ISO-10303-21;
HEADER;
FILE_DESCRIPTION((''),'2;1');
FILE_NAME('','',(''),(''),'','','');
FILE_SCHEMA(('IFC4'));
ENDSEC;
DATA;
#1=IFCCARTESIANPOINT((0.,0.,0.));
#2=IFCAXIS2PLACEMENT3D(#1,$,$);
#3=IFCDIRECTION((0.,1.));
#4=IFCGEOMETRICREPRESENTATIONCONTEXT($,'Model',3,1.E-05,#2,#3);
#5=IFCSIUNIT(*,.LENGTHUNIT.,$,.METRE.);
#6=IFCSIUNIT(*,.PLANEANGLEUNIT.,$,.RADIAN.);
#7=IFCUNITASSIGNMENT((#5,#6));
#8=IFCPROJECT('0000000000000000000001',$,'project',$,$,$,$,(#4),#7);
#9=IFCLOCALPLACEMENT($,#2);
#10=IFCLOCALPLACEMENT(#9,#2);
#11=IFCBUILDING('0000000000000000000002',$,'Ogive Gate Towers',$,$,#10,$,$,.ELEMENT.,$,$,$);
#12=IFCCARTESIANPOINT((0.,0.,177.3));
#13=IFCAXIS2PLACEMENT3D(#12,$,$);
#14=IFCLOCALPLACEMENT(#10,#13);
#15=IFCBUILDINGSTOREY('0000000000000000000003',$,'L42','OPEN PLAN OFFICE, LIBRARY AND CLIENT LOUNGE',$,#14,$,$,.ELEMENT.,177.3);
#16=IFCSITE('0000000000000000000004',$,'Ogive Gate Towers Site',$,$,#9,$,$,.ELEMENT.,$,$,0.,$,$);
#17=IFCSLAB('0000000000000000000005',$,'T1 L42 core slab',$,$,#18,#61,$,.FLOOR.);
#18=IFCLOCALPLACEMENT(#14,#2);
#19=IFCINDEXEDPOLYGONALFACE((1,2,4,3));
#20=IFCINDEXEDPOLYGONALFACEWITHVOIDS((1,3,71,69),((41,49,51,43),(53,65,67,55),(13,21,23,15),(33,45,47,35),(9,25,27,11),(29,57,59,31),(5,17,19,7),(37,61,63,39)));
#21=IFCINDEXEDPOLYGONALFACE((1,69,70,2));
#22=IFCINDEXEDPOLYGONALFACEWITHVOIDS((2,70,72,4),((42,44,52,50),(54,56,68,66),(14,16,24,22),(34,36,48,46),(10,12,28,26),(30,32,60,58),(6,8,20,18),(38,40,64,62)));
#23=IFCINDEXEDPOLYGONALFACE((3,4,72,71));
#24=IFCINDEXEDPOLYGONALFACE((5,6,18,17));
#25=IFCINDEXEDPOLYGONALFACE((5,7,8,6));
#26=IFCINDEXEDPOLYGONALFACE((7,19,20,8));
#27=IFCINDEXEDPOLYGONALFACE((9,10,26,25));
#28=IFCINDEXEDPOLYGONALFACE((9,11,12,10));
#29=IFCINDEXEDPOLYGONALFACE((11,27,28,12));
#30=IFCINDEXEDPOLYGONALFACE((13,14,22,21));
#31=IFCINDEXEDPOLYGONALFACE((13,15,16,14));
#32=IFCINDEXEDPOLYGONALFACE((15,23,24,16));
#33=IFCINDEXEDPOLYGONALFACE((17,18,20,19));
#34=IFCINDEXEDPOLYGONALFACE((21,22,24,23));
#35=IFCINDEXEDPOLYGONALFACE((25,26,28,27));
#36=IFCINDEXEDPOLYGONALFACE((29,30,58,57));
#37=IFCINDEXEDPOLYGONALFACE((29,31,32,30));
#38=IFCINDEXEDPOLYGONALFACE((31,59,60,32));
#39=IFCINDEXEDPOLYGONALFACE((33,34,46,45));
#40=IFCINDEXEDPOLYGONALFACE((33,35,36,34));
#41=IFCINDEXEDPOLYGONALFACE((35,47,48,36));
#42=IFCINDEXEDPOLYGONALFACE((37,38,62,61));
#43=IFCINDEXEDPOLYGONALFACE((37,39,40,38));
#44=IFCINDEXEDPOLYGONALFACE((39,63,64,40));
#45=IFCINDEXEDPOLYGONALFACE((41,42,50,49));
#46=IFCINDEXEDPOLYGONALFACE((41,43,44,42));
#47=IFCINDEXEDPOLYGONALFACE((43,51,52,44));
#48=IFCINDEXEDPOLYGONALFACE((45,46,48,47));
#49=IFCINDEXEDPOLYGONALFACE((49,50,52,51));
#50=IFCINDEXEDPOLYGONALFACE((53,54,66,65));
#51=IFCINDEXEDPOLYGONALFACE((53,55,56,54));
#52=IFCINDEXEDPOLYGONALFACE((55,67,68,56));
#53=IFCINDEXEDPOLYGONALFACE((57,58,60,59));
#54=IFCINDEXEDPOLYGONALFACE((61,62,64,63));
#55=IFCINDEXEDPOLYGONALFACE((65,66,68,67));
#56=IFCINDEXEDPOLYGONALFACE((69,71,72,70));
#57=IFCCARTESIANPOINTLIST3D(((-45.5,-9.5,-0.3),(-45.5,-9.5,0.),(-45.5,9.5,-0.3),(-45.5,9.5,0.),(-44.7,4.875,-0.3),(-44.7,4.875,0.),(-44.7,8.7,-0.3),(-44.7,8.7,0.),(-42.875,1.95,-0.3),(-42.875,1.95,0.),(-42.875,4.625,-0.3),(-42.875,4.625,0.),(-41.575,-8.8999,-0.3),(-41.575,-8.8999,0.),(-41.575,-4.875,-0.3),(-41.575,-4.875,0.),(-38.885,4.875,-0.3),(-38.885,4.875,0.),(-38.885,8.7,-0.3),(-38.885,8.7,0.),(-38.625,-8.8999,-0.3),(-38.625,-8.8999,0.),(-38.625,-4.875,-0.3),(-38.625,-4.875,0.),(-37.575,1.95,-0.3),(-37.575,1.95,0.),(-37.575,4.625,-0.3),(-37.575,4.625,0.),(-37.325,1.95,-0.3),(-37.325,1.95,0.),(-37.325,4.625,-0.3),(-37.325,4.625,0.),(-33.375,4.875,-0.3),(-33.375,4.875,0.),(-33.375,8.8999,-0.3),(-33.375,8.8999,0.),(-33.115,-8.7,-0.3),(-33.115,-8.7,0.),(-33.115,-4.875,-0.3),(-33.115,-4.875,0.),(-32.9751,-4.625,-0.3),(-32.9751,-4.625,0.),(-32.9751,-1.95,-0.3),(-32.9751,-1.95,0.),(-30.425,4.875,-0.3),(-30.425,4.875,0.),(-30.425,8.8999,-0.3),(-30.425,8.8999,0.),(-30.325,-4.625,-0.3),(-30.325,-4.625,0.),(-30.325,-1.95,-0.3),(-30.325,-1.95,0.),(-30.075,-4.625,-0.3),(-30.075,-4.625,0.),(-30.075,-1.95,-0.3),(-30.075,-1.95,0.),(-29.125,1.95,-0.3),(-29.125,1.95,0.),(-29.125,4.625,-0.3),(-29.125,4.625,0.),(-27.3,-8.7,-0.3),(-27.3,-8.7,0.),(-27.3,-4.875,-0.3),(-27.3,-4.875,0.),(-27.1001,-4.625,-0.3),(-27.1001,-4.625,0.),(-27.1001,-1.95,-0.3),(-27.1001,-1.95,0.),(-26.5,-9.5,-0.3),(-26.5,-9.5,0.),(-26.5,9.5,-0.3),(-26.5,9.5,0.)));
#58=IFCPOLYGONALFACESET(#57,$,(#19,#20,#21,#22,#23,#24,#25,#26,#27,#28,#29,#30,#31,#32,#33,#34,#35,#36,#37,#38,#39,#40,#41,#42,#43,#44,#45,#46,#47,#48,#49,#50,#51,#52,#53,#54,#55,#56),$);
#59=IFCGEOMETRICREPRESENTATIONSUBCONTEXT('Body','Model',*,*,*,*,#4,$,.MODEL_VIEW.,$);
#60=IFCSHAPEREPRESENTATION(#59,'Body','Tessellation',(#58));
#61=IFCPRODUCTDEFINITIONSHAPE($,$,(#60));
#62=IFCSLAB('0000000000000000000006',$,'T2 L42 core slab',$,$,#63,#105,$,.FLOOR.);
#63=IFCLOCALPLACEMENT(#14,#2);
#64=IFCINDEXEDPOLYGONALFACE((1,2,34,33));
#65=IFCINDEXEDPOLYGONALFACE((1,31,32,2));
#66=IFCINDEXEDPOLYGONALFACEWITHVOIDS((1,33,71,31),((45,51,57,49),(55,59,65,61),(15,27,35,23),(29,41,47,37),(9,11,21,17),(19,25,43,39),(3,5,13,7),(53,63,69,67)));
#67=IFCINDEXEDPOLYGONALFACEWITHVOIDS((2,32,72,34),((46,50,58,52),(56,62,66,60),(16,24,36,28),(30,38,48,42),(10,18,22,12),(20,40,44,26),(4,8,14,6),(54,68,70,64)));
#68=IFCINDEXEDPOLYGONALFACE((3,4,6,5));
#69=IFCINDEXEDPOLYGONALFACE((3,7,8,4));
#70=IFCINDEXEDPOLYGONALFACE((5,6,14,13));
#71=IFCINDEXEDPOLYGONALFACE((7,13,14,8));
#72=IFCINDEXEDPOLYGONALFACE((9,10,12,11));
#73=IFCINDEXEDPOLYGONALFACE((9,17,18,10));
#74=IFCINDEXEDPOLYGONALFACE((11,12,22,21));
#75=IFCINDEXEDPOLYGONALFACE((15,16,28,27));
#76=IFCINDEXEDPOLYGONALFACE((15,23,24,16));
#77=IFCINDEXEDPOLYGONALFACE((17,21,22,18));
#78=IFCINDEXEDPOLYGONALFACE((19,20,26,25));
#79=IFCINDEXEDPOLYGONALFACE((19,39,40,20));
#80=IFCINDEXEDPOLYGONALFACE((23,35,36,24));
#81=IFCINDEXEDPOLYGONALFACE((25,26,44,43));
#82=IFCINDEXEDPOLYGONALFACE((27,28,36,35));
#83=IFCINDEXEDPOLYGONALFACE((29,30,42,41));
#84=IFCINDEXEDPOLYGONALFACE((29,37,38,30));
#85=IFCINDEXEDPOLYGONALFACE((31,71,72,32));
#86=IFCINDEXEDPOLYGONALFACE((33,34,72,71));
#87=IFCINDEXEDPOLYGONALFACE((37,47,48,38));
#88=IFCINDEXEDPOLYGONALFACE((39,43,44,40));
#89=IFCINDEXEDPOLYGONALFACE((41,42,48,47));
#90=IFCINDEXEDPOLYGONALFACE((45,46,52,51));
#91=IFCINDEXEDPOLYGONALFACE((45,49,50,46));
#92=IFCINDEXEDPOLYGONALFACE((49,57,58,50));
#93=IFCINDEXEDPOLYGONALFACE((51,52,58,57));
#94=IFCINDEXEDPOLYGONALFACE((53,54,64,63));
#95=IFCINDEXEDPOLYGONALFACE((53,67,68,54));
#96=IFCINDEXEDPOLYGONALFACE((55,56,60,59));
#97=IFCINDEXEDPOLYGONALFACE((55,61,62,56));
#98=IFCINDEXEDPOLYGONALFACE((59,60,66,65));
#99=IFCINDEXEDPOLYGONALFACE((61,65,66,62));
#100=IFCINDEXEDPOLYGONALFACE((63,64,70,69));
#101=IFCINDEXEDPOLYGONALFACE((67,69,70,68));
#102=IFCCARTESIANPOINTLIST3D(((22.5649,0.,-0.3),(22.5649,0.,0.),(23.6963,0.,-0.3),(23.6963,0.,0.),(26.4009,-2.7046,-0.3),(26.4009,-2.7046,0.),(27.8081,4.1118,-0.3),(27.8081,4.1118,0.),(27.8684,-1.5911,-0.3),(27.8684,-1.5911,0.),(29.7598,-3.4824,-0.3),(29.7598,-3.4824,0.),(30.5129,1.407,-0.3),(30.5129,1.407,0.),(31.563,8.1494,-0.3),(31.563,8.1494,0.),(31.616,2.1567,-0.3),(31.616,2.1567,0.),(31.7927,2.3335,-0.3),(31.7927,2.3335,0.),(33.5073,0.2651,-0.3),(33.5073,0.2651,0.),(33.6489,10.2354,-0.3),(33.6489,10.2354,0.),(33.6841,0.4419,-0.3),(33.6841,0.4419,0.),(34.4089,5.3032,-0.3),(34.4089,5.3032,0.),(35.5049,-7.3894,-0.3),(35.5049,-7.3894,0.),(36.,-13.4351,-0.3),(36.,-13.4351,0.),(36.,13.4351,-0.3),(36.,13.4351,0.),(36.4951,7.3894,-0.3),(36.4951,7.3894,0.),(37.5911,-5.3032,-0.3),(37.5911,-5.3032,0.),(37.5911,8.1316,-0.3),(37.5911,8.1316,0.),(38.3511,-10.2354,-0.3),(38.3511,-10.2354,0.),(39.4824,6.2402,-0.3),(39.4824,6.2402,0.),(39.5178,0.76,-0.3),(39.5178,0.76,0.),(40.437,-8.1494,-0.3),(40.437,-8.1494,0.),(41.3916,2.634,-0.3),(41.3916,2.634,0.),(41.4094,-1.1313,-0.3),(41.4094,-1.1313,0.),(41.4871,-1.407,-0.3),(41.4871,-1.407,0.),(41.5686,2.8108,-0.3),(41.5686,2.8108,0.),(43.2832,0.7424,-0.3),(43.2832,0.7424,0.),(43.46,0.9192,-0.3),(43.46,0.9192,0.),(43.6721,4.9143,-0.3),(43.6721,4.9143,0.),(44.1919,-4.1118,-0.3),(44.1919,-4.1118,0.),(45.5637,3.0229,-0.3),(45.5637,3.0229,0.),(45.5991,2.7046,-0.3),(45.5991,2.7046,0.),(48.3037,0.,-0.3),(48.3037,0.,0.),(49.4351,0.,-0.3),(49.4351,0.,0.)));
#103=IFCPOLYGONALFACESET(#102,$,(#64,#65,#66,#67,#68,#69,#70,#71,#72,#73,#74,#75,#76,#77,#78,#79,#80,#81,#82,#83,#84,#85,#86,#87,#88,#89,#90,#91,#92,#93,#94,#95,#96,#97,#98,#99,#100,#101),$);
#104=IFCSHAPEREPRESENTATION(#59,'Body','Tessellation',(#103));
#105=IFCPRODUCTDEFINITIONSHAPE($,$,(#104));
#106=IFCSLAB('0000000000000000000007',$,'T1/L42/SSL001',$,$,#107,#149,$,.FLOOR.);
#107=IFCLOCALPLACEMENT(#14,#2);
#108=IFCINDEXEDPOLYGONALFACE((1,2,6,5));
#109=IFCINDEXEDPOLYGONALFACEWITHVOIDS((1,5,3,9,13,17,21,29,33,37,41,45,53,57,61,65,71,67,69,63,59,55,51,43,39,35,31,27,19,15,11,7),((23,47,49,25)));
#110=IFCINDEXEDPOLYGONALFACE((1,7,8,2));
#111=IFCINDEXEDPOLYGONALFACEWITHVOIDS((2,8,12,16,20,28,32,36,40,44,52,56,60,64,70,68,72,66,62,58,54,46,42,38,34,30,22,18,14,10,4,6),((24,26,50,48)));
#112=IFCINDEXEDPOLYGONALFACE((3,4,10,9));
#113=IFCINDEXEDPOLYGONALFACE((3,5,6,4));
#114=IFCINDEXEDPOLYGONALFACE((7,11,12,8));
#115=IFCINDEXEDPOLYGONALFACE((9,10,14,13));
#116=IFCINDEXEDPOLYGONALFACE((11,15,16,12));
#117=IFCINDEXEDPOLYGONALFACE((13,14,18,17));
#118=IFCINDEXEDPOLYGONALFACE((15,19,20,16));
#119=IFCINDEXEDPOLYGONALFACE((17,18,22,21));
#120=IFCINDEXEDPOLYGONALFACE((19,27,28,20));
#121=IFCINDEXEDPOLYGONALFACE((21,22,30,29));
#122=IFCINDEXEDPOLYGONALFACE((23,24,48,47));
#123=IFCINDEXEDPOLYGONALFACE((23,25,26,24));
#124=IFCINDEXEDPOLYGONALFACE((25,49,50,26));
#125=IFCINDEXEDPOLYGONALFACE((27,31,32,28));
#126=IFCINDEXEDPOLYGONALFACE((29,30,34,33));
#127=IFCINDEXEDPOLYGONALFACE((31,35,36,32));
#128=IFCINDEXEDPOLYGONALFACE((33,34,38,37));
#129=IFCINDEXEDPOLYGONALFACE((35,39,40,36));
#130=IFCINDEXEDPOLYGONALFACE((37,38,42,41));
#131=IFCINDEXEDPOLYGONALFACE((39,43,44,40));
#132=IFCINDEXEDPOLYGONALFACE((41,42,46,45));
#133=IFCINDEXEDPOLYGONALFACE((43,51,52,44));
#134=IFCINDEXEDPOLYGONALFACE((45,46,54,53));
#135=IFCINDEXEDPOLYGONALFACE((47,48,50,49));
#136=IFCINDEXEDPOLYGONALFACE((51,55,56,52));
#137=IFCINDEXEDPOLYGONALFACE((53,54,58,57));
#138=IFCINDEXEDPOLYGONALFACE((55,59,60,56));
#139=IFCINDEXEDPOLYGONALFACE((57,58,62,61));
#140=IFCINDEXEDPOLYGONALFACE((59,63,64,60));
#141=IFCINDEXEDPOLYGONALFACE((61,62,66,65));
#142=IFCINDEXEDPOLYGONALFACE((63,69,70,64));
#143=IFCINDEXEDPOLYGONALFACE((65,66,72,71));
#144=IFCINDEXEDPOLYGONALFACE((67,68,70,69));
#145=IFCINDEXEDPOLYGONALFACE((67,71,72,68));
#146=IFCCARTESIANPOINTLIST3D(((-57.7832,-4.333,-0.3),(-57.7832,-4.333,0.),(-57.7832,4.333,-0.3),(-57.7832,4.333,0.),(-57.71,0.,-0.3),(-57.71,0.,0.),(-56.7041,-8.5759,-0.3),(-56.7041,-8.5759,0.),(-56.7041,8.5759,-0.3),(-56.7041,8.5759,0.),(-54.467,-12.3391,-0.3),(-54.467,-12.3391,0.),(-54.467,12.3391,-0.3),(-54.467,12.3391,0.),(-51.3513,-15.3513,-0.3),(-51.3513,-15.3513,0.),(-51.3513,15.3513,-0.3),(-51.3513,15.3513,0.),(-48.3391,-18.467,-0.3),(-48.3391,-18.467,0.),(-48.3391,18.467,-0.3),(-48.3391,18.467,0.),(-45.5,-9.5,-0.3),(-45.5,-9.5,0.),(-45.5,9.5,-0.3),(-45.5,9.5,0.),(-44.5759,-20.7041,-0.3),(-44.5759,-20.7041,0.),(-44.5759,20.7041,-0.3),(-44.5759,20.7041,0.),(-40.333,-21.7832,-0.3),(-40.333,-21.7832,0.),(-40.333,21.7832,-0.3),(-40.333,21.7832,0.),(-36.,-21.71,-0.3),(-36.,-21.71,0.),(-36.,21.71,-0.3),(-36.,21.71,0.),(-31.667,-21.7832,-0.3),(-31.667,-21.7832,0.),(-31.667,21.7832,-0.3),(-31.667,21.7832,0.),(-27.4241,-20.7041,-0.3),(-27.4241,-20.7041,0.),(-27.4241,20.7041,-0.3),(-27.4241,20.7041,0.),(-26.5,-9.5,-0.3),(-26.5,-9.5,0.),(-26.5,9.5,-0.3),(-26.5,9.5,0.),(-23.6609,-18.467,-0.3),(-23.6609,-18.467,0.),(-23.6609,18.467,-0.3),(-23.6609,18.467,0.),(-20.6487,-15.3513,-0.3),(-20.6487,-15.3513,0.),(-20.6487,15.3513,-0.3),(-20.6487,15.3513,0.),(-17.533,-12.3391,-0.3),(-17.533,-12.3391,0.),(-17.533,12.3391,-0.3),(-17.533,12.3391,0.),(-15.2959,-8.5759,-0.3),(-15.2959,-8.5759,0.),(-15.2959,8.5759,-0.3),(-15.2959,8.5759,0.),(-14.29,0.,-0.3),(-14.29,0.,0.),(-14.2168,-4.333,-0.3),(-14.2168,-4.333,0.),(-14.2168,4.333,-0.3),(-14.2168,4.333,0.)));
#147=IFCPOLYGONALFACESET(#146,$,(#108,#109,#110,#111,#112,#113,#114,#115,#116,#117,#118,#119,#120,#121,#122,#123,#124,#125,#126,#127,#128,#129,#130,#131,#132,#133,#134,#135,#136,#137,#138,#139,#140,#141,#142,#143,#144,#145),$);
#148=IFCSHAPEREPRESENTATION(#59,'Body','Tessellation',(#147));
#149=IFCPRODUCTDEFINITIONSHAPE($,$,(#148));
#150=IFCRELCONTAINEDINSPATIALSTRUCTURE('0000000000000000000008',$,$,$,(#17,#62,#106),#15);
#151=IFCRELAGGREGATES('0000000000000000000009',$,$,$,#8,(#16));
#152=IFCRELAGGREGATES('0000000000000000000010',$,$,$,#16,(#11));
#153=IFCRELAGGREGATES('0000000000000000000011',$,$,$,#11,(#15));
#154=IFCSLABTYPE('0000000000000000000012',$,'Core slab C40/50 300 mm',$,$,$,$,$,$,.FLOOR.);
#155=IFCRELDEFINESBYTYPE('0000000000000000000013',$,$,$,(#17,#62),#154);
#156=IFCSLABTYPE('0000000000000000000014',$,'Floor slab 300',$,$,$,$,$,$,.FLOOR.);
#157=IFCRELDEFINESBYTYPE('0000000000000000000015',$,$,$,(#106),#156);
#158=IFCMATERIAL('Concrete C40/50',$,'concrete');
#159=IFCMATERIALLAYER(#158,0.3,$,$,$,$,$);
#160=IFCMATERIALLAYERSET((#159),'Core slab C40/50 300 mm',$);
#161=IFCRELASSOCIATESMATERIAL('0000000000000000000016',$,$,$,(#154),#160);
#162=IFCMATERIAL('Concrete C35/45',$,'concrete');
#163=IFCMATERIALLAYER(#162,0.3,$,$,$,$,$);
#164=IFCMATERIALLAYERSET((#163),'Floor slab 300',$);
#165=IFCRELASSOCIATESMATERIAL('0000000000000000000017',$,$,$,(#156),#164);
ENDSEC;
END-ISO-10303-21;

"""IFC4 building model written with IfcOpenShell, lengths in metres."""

from ifc_helpers import new_model, si_unit, direction, frame, origin, place, context, subcontext, project, spatial, polyline, outline, extrude, material, layer, layer_set, type_object, element, save


model = new_model("IFC4")

# Units and contexts
model_context = context("Model", 3, precision=1e-05, world=origin(), true_north=direction((0.0, 1.0)))
body_context = subcontext(model_context, "Body", "Model", "MODEL_VIEW")
ifc_project = project(units=[si_unit("LENGTHUNIT", "METRE"), si_unit("PLANEANGLEUNIT", "RADIAN")], contexts=[model_context])

# Site, building, storey
site_placement = place(None, origin())
site = spatial("IfcSite", under=ifc_project, at=site_placement, Name="Ogive Gate Towers Site", CompositionType="ELEMENT", RefElevation=0.0)
building_placement = place(site_placement, origin())
building = spatial("IfcBuilding", under=site, at=building_placement, Name="Ogive Gate Towers", CompositionType="ELEMENT")
storey_placement = place(building_placement, frame((0.0, 0.0, 177.3)))
storey = spatial("IfcBuildingStorey", under=building, at=storey_placement, Name="L42", Description="OPEN PLAN OFFICE, LIBRARY AND CLIENT LOUNGE", CompositionType="ELEMENT", Elevation=177.3)

# Slabs
ifc_material_1 = material(Name="Concrete C40/50", Category="concrete")
ifc_layer_1 = layer(ifc_material_1, 0.3)
ifc_layer_set_1 = layer_set([ifc_layer_1], Name="Core slab C40/50 300 mm")
slab_type_1 = type_object("IfcSlabType", Name="Core slab C40/50 300 mm", PredefinedType="FLOOR", material=ifc_layer_set_1)
slab_1_placement = place(storey_placement, frame((0.0, 0.0, -0.3)))
element("IfcSlab", 1, at=slab_1_placement, inside=storey, type_object=slab_type_1, Name="T1 L42 core slab", PredefinedType="FLOOR", context=body_context, shape_type="SweptSolid", body=[
    extrude(outline(polyline([(-45.5, -9.5), (-45.5, 9.5), (-26.5, 9.5), (-26.5, -9.5), (-45.5, -9.5)]), holes=[polyline([(-42.875, 1.95), (-37.575, 1.95), (-37.575, 4.625), (-42.875, 4.625), (-42.875, 1.95)]), polyline([(-37.325, 4.625), (-37.325, 1.95), (-29.125, 1.95), (-29.125, 4.625), (-37.325, 4.625)]), polyline([(-30.325, -1.95), (-32.9751, -1.95), (-32.9751, -4.625), (-30.325, -4.625), (-30.325, -1.95)]), polyline([(-27.1001, -4.625), (-27.1001, -1.95), (-30.075, -1.95), (-30.075, -4.625), (-27.1001, -4.625)]), polyline([(-33.375, 4.875), (-30.425, 4.875), (-30.425, 8.8999), (-33.375, 8.8999), (-33.375, 4.875)]), polyline([(-41.575, -4.875), (-41.575, -8.8999), (-38.625, -8.8999), (-38.625, -4.875), (-41.575, -4.875)]), polyline([(-44.7, 4.875), (-38.885, 4.875), (-38.885, 8.7), (-44.7, 8.7), (-44.7, 4.875)]), polyline([(-27.3, -8.7), (-27.3, -4.875), (-33.115, -4.875), (-33.115, -8.7), (-27.3, -8.7)])]), origin(), (0.0, 0.0, 1.0), 0.3),
])
slab_2_placement = place(storey_placement, frame((0.0, 0.0, -0.3)))
element("IfcSlab", 2, at=slab_2_placement, inside=storey, type_object=slab_type_1, Name="T2 L42 core slab", PredefinedType="FLOOR", context=body_context, shape_type="SweptSolid", body=[
    extrude(outline(polyline([(36.0, -13.4351), (22.5649, 0.0), (36.0, 13.4351), (49.4351, 0.0), (36.0, -13.4351)]), holes=[polyline([(29.7598, -3.4824), (33.5073, 0.2651), (31.616, 2.1567), (27.8684, -1.5911), (29.7598, -3.4824)]), polyline([(31.7927, 2.3335), (33.6841, 0.4419), (39.4824, 6.2402), (37.5911, 8.1316), (31.7927, 2.3335)]), polyline([(41.3916, 2.634), (39.5178, 0.76), (41.4094, -1.1313), (43.2832, 0.7424), (41.3916, 2.634)]), polyline([(45.5637, 3.0229), (43.6721, 4.9143), (41.5686, 2.8108), (43.46, 0.9192), (45.5637, 3.0229)]), polyline([(34.4089, 5.3032), (36.4951, 7.3894), (33.6489, 10.2354), (31.563, 8.1494), (34.4089, 5.3032)]), polyline([(35.5049, -7.3894), (38.3511, -10.2354), (40.437, -8.1494), (37.5911, -5.3032), (35.5049, -7.3894)]), polyline([(26.4009, -2.7046), (30.5129, 1.407), (27.8081, 4.1118), (23.6963, 0.0), (26.4009, -2.7046)]), polyline([(48.3037, 0.0), (45.5991, 2.7046), (41.4871, -1.407), (44.1919, -4.1118), (48.3037, 0.0)])]), origin(), (0.0, 0.0, 1.0), 0.3),
])
ifc_material_2 = material(Name="Concrete C35/45", Category="concrete")
ifc_layer_2 = layer(ifc_material_2, 0.3)
ifc_layer_set_2 = layer_set([ifc_layer_2], Name="Floor slab 300")
slab_type_2 = type_object("IfcSlabType", Name="Floor slab 300", PredefinedType="FLOOR", material=ifc_layer_set_2)
slab_3_placement = place(storey_placement, frame((0.0, 0.0, -0.3)))
element("IfcSlab", 3, at=slab_3_placement, inside=storey, type_object=slab_type_2, Name="T1/L42/SSL001", PredefinedType="FLOOR", context=body_context, shape_type="SweptSolid", body=[
    extrude(outline(polyline([(-14.2168, -4.333), (-14.29, 0.0), (-14.2168, 4.333), (-15.2959, 8.5759), (-17.533, 12.3391), (-20.6487, 15.3513), (-23.6609, 18.467), (-27.4241, 20.7041), (-31.667, 21.7832), (-36.0, 21.71), (-40.333, 21.7832), (-44.5759, 20.7041), (-48.3391, 18.467), (-51.3513, 15.3513), (-54.467, 12.3391), (-56.7041, 8.5759), (-57.7832, 4.333), (-57.71, 0.0), (-57.7832, -4.333), (-56.7041, -8.5759), (-54.467, -12.3391), (-51.3513, -15.3513), (-48.3391, -18.467), (-44.5759, -20.7041), (-40.333, -21.7832), (-36.0, -21.71), (-31.667, -21.7832), (-27.4241, -20.7041), (-23.6609, -18.467), (-20.6487, -15.3513), (-17.533, -12.3391), (-15.2959, -8.5759), (-14.2168, -4.333)]), holes=[polyline([(-26.5, -9.5), (-45.5, -9.5), (-45.5, 9.5), (-26.5, 9.5), (-26.5, -9.5)])]), origin(), (0.0, 0.0, 1.0), 0.3),
])

save(model, "model.ifc")
